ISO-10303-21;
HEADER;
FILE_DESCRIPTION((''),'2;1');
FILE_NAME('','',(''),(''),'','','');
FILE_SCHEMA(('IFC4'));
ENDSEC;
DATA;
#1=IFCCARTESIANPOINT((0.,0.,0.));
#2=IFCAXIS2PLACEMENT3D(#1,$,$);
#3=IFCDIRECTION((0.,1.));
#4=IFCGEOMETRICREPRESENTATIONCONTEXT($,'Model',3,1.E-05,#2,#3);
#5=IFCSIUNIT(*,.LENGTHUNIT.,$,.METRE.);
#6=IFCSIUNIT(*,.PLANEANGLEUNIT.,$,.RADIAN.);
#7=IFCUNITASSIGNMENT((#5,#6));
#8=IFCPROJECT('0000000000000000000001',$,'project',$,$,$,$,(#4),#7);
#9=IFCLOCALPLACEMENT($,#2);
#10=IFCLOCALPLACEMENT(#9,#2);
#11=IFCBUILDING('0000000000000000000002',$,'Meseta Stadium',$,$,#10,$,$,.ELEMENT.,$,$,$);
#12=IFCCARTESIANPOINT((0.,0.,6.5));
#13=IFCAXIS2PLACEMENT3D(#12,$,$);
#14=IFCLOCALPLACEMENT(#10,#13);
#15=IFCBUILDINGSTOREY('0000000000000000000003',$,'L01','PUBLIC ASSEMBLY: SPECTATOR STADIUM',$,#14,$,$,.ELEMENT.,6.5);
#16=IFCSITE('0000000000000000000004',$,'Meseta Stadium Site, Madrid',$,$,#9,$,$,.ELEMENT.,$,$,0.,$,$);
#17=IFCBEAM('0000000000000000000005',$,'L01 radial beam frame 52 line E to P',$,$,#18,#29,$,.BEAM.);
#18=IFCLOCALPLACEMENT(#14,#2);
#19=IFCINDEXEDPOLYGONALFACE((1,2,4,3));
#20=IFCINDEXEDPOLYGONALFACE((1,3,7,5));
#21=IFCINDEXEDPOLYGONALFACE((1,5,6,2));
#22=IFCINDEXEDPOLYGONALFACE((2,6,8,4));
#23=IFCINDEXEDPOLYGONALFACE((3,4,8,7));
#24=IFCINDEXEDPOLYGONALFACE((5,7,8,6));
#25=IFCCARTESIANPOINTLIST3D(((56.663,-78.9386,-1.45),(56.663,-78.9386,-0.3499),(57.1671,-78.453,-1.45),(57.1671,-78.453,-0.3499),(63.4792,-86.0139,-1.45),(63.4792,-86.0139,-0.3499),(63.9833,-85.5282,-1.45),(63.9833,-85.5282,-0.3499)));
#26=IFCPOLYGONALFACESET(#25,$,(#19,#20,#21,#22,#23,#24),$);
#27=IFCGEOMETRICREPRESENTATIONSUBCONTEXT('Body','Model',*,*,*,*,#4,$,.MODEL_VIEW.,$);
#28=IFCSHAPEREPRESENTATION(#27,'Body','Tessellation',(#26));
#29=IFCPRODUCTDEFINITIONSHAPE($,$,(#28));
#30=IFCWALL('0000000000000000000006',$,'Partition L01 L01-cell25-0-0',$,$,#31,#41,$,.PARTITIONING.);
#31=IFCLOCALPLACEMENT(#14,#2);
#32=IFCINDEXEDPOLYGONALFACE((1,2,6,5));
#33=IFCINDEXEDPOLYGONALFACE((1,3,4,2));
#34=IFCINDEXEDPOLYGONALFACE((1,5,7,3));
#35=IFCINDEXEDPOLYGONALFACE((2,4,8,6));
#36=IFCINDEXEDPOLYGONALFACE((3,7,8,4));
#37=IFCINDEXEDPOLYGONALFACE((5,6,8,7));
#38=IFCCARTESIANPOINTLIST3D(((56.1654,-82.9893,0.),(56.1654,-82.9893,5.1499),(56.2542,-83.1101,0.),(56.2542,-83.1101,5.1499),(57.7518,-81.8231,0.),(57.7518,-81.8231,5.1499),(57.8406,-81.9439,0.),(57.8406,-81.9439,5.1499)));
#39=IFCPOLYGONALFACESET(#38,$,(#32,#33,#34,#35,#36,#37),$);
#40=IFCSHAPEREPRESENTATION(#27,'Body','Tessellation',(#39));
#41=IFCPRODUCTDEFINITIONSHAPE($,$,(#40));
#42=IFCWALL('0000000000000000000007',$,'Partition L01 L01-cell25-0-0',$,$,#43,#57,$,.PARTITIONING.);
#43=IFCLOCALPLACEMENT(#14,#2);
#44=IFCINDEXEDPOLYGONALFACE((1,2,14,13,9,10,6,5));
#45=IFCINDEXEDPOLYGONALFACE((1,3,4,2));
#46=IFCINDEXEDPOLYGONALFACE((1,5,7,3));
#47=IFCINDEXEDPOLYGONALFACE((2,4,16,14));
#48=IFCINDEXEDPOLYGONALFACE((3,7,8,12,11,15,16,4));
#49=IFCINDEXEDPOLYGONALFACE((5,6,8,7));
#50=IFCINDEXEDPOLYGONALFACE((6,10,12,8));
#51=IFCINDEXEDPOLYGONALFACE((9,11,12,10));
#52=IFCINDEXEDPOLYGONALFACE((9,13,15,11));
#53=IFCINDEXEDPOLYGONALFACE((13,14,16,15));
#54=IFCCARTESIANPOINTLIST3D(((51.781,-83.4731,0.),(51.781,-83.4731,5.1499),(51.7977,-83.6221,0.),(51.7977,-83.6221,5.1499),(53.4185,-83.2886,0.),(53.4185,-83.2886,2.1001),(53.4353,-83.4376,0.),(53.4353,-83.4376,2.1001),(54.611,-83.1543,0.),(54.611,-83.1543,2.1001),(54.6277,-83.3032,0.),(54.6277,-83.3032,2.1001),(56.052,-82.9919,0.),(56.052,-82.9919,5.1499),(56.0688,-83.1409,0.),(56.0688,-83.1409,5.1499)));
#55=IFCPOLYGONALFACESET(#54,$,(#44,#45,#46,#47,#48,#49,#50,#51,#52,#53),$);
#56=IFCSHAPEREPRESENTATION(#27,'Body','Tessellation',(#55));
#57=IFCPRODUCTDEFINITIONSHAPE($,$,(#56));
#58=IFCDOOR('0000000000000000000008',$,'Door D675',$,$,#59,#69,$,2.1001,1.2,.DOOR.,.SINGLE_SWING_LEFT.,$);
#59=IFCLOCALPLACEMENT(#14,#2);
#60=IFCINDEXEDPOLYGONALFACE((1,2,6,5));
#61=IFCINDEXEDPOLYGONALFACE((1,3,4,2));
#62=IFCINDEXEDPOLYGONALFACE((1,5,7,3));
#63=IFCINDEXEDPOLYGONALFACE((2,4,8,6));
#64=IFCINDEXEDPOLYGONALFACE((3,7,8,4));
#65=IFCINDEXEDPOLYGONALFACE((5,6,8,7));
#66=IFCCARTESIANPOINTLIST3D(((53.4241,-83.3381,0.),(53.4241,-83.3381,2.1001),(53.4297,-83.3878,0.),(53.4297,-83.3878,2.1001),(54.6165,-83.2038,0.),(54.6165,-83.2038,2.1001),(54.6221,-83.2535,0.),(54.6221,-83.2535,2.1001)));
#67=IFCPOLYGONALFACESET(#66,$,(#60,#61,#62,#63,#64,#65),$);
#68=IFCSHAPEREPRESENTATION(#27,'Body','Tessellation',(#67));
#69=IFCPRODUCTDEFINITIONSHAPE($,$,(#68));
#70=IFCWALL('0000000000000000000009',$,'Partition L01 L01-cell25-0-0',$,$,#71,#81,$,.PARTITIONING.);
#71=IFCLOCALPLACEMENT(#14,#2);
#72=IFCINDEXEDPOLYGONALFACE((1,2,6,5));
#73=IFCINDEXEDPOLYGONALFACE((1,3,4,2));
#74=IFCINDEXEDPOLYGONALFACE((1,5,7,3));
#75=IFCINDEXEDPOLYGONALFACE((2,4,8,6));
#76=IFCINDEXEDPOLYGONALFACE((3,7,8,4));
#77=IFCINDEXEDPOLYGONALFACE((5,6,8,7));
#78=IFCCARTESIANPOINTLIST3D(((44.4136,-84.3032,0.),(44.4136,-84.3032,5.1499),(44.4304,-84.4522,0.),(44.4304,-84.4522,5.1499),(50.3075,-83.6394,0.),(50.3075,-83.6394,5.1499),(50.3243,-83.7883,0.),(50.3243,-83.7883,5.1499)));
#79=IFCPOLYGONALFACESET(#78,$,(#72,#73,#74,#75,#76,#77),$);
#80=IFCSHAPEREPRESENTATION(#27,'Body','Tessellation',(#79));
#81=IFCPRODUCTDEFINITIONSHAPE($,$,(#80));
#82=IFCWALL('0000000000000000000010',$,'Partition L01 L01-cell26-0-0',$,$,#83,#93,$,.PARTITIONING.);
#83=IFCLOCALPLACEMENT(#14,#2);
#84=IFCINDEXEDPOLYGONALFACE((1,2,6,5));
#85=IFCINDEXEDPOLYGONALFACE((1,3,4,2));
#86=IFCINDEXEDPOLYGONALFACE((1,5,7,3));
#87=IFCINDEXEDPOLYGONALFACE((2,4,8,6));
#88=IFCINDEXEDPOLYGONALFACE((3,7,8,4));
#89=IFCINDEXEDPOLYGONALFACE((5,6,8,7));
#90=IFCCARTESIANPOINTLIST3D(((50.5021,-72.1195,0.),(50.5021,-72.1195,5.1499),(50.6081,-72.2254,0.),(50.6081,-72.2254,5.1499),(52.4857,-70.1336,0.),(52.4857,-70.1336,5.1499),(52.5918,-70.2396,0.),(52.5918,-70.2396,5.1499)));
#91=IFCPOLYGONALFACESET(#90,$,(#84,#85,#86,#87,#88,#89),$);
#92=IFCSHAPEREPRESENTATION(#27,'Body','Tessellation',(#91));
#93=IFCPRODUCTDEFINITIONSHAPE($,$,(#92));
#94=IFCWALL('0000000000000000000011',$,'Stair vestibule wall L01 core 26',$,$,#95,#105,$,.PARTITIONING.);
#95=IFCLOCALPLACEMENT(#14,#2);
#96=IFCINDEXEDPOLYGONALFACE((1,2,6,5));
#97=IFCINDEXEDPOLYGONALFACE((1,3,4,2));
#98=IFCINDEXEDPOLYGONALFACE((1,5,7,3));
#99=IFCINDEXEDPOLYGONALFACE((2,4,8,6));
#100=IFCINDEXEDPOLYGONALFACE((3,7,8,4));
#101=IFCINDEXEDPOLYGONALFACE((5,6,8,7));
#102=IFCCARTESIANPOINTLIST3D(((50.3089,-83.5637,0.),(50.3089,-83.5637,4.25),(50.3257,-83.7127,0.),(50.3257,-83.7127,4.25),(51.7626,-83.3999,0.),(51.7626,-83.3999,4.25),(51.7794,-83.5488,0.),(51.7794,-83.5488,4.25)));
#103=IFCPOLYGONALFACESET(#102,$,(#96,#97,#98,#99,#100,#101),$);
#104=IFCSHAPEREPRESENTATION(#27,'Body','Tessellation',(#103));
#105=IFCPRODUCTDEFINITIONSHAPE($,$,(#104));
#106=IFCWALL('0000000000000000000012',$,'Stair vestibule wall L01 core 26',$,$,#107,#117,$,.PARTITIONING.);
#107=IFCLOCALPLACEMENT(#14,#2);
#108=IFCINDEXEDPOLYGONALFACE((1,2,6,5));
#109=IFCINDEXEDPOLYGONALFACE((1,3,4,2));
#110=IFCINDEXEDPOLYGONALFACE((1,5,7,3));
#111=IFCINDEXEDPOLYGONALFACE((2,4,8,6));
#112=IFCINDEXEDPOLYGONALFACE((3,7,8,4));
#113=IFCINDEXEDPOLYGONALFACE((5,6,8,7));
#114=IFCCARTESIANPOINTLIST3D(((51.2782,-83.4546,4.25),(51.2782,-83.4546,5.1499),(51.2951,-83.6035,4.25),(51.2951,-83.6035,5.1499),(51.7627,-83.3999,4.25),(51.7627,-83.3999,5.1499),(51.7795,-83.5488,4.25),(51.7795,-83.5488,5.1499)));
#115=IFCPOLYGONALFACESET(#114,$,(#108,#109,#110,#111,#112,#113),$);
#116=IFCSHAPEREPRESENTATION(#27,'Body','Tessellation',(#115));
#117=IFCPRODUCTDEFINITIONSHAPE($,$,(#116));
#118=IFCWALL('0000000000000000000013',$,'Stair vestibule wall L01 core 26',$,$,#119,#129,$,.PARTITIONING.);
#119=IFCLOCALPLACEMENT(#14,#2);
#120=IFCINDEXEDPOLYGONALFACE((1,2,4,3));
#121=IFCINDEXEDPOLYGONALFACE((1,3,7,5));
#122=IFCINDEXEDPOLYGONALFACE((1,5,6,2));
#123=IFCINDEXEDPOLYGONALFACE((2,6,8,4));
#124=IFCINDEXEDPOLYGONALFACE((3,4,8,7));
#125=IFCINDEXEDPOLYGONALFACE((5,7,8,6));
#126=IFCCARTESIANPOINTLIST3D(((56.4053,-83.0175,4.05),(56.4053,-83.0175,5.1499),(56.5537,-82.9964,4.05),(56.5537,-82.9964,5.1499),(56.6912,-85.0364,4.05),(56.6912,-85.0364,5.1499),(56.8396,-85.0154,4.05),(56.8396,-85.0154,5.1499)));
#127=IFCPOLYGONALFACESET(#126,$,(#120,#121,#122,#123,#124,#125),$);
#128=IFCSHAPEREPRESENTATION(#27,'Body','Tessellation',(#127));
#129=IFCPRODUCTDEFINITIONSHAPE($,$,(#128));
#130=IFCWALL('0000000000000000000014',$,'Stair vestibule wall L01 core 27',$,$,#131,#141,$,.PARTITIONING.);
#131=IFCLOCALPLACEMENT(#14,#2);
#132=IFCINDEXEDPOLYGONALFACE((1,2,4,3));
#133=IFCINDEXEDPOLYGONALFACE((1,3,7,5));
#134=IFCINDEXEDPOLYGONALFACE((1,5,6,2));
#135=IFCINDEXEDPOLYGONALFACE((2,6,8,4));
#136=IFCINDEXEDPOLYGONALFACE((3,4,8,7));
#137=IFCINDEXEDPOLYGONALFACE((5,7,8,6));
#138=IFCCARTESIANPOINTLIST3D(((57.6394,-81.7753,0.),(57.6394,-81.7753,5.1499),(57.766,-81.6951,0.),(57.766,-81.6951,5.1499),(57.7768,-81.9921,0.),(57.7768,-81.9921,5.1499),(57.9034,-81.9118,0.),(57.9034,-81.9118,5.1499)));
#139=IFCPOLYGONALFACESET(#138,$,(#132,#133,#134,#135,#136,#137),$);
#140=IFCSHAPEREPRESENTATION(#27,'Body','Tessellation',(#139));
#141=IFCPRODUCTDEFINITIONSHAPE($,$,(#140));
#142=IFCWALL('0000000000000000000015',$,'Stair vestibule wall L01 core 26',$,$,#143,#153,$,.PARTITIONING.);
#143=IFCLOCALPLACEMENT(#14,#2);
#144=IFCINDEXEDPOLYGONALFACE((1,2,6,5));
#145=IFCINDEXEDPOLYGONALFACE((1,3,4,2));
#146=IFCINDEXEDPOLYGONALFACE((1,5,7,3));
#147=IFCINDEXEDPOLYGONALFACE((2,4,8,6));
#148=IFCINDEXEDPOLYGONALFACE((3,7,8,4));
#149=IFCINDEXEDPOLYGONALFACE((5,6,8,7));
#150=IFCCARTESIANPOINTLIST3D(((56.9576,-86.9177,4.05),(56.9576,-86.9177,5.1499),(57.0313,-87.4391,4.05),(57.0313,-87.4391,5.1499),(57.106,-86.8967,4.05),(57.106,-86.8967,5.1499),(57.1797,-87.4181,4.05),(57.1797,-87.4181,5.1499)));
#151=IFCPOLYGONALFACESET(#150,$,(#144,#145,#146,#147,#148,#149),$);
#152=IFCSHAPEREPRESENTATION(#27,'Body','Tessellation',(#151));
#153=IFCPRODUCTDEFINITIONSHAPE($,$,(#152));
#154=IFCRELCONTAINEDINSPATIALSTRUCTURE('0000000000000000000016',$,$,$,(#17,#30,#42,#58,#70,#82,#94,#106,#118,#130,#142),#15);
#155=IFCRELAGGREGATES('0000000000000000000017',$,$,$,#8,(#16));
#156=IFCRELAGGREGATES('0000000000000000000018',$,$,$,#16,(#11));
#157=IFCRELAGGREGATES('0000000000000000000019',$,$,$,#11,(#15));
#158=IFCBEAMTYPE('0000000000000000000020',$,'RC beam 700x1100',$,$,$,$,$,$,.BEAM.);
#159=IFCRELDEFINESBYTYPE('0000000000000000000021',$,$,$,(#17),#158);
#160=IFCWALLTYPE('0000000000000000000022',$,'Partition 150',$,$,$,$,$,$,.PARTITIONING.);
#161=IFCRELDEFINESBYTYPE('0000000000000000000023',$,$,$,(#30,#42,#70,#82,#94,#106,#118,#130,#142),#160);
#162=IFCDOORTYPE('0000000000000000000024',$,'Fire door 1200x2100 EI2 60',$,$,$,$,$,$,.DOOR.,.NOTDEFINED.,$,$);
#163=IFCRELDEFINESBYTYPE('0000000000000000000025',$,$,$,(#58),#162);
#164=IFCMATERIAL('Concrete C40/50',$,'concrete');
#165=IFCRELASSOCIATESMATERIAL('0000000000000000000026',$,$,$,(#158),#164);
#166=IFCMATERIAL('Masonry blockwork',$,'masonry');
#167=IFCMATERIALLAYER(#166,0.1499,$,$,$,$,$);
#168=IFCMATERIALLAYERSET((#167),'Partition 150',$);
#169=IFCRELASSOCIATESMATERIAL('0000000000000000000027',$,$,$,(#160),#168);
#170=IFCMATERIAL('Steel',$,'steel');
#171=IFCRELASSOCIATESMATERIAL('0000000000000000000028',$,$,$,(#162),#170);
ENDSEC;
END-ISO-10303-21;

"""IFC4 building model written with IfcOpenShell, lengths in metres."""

from ifc_helpers import new_model, si_unit, direction, frame, frame_2d, origin, origin_2d, place, context, subcontext, project, spatial, rectangle, extrude, material, layer, layer_set, material_profile, profile_set, type_object, element, fill, save


model = new_model("IFC4")

# Units and contexts
model_context = context("Model", 3, precision=1e-05, world=origin(), true_north=direction((0.0, 1.0)))
body_context = subcontext(model_context, "Body", "Model", "MODEL_VIEW")
ifc_project = project(units=[si_unit("LENGTHUNIT", "METRE"), si_unit("PLANEANGLEUNIT", "RADIAN")], contexts=[model_context])

# Site, building, storey
site_placement = place(None, origin())
site = spatial("IfcSite", under=ifc_project, at=site_placement, Name="Meseta Stadium Site, Madrid", CompositionType="ELEMENT", RefElevation=0.0)
building_placement = place(site_placement, origin())
building = spatial("IfcBuilding", under=site, at=building_placement, Name="Meseta Stadium", CompositionType="ELEMENT")
storey_placement = place(building_placement, frame((0.0, 0.0, 6.5)))
storey = spatial("IfcBuildingStorey", under=building, at=storey_placement, Name="L01", Description="PUBLIC ASSEMBLY: SPECTATOR STADIUM", CompositionType="ELEMENT", Elevation=6.5)

# Beam
ifc_material_1 = material(Name="Concrete C40/50", Category="concrete")
ifc_material_profile_1 = material_profile(ifc_material_1, rectangle(XDim=0.7, YDim=1.1001, at=origin_2d()), Name="RC 700x1100")
ifc_profile_set_1 = profile_set([ifc_material_profile_1], Name="Concrete C40/50")
beam_type_1 = type_object("IfcBeamType", Name="RC beam 700x1100", PredefinedType="BEAM", material=ifc_profile_set_1)
beam_1_placement = place(storey_placement, frame((56.915, -78.6958, -0.8999), z_axis=(0.693801, -0.720167, 0.0), x_axis=(0.720167, 0.693801, 0.0)))
element("IfcBeam", 1, at=beam_1_placement, inside=storey, type_object=beam_type_1, Name="L01 radial beam frame 52 line E to P", PredefinedType="BEAM", context=body_context, shape_type="SweptSolid", body=[
    extrude(rectangle(XDim=0.7, YDim=1.1001, at=origin_2d()), origin(), (0.0, 0.0, 1.0), 9.8245),
])

# Wall
ifc_material_2 = material(Name="Masonry blockwork", Category="masonry")
ifc_layer = layer(ifc_material_2, 0.1499)
ifc_layer_set = layer_set([ifc_layer], Name="Partition 150")
wall_type = type_object("IfcWallType", Name="Partition 150", PredefinedType="PARTITIONING", material=ifc_layer_set)
wall_1_placement = place(storey_placement, frame((57.7961, -81.8835, 0.0), z_axis=(0.0, 0.0, 1.0), x_axis=(-0.805707, -0.592315, 0.0)))
element("IfcWall", 2, at=wall_1_placement, inside=storey, type_object=wall_type, Name="Partition L01 L01-cell25-0-0", PredefinedType="PARTITIONING", context=body_context, shape_type="SweptSolid", body=[
    extrude(rectangle(XDim=1.969, YDim=0.1499, at=frame_2d((0.9844, 0.0))), origin(), (0.0, 0.0, 1.0), 5.1499),
])

# Wall, opening, door
wall_2_placement = place(storey_placement, frame((56.0603, -83.0664, 0.0), z_axis=(0.0, 0.0, 1.0), x_axis=(-0.993713, -0.111959, 0.0)))
wall_2 = element("IfcWall", 3, at=wall_2_placement, inside=storey, type_object=wall_type, Name="Partition L01 L01-cell25-0-0", PredefinedType="PARTITIONING", context=body_context, shape_type="SweptSolid", body=[
    extrude(rectangle(XDim=4.2981, YDim=0.1499, at=frame_2d((2.1489, 0.0))), origin(), (0.0, 0.0, 1.0), 5.1499),
])
opening_placement = place(wall_2_placement, frame((1.45, 0.0, 0.0)))
opening = element("IfcOpeningElement", 4, at=opening_placement, cuts=wall_2, PredefinedType="OPENING", context=body_context, shape_type="SweptSolid", body=[
    extrude(rectangle(XDim=1.2, YDim=2.1001, at=frame_2d((0.6001, 1.05))), frame((0.0, 0.085, 0.0), z_axis=(0.0, -1.0, 0.0), x_axis=(1.0, 0.0, 0.0)), (0.0, 0.0, 1.0), 0.1699),
])
ifc_material_3 = material(Name="Steel", Category="steel")
door_type = type_object("IfcDoorType", Name="Fire door 1200x2100 EI2 60", OperationType="NOTDEFINED", PredefinedType="DOOR", material=ifc_material_3)
door_placement = place(opening_placement, origin())
door = element("IfcDoor", 5, at=door_placement, inside=storey, type_object=door_type, Name="Door D675", OperationType="SINGLE_SWING_LEFT", OverallHeight=2.1001, OverallWidth=1.2, PredefinedType="DOOR", context=body_context, shape_type="SweptSolid", body=[
    extrude(rectangle(XDim=1.2, YDim=2.1001, at=frame_2d((0.6001, 1.05))), frame((0.0, 0.0249, 0.0), z_axis=(0.0, -1.0, 0.0), x_axis=(1.0, 0.0, 0.0)), (0.0, 0.0, 1.0), 0.05),
])
fill(opening, door)

# Walls
wall_3_placement = place(storey_placement, frame((50.3159, -83.7139, 0.0), z_axis=(0.0, 0.0, 1.0), x_axis=(-0.993717, -0.111922, 0.0)))
element("IfcWall", 6, at=wall_3_placement, inside=storey, type_object=wall_type, Name="Partition L01 L01-cell25-0-0", PredefinedType="PARTITIONING", context=body_context, shape_type="SweptSolid", body=[
    extrude(rectangle(XDim=5.9312, YDim=0.1499, at=frame_2d((2.9656, 0.0))), origin(), (0.0, 0.0, 1.0), 5.1499),
])
wall_4_placement = place(storey_placement, frame((50.5552, -72.1724, 0.0), z_axis=(0.0, 0.0, 1.0), x_axis=(0.706715, 0.707498, 0.0)))
element("IfcWall", 7, at=wall_4_placement, inside=storey, type_object=wall_type, Name="Partition L01 L01-cell26-0-0", PredefinedType="PARTITIONING", context=body_context, shape_type="SweptSolid", body=[
    extrude(rectangle(XDim=2.8069, YDim=0.1499, at=frame_2d((1.4033, 0.0))), origin(), (0.0, 0.0, 1.0), 5.1499),
])
wall_5_placement = place(storey_placement, frame((51.771, -83.4744, 0.0), z_axis=(0.0, 0.0, 1.0), x_axis=(-0.99371, -0.111988, 0.0)))
element("IfcWall", 8, at=wall_5_placement, inside=storey, type_object=wall_type, Name="Stair vestibule wall L01 core 26", PredefinedType="PARTITIONING", context=body_context, shape_type="SweptSolid", body=[
    extrude(rectangle(XDim=1.4629, YDim=0.1499, at=frame_2d((0.7314, 0.0))), origin(), (0.0, 0.0, 1.0), 4.25),
])
wall_6_placement = place(storey_placement, frame((51.771, -83.4744, 4.25), z_axis=(0.0, 0.0, 1.0), x_axis=(-0.993687, -0.11219, 0.0)))
element("IfcWall", 9, at=wall_6_placement, inside=storey, type_object=wall_type, Name="Stair vestibule wall L01 core 26", PredefinedType="PARTITIONING", context=body_context, shape_type="SweptSolid", body=[
    extrude(rectangle(XDim=0.4875, YDim=0.1499, at=frame_2d((0.2437, 0.0))), origin(), (0.0, 0.0, 1.0), 0.8999),
])
wall_7_placement = place(storey_placement, frame((56.7654, -85.0259, 4.05), z_axis=(0.0, 0.0, 1.0), x_axis=(-0.140198, 0.990124, 0.0)))
element("IfcWall", 10, at=wall_7_placement, inside=storey, type_object=wall_type, Name="Stair vestibule wall L01 core 26", PredefinedType="PARTITIONING", context=body_context, shape_type="SweptSolid", body=[
    extrude(rectangle(XDim=2.0391, YDim=0.1499, at=frame_2d((1.0195, 0.0))), origin(), (0.0, 0.0, 1.0), 1.0999),
])
wall_8_placement = place(storey_placement, frame((57.7026, -81.7351, 0.0), z_axis=(0.0, 0.0, 1.0), x_axis=(0.535459, -0.844561, 0.0)))
element("IfcWall", 11, at=wall_8_placement, inside=storey, type_object=wall_type, Name="Stair vestibule wall L01 core 27", PredefinedType="PARTITIONING", context=body_context, shape_type="SweptSolid", body=[
    extrude(rectangle(XDim=0.2566, YDim=0.1499, at=frame_2d((0.1284, 0.0))), origin(), (0.0, 0.0, 1.0), 5.1499),
])
wall_9_placement = place(storey_placement, frame((57.1055, -87.4285, 4.05), z_axis=(0.0, 0.0, 1.0), x_axis=(-0.139993, 0.990152, 0.0)))
element("IfcWall", 12, at=wall_9_placement, inside=storey, type_object=wall_type, Name="Stair vestibule wall L01 core 26", PredefinedType="PARTITIONING", context=body_context, shape_type="SweptSolid", body=[
    extrude(rectangle(XDim=0.5266, YDim=0.1499, at=frame_2d((0.2632, 0.0))), origin(), (0.0, 0.0, 1.0), 1.0999),
])

save(model, "model.ifc")
